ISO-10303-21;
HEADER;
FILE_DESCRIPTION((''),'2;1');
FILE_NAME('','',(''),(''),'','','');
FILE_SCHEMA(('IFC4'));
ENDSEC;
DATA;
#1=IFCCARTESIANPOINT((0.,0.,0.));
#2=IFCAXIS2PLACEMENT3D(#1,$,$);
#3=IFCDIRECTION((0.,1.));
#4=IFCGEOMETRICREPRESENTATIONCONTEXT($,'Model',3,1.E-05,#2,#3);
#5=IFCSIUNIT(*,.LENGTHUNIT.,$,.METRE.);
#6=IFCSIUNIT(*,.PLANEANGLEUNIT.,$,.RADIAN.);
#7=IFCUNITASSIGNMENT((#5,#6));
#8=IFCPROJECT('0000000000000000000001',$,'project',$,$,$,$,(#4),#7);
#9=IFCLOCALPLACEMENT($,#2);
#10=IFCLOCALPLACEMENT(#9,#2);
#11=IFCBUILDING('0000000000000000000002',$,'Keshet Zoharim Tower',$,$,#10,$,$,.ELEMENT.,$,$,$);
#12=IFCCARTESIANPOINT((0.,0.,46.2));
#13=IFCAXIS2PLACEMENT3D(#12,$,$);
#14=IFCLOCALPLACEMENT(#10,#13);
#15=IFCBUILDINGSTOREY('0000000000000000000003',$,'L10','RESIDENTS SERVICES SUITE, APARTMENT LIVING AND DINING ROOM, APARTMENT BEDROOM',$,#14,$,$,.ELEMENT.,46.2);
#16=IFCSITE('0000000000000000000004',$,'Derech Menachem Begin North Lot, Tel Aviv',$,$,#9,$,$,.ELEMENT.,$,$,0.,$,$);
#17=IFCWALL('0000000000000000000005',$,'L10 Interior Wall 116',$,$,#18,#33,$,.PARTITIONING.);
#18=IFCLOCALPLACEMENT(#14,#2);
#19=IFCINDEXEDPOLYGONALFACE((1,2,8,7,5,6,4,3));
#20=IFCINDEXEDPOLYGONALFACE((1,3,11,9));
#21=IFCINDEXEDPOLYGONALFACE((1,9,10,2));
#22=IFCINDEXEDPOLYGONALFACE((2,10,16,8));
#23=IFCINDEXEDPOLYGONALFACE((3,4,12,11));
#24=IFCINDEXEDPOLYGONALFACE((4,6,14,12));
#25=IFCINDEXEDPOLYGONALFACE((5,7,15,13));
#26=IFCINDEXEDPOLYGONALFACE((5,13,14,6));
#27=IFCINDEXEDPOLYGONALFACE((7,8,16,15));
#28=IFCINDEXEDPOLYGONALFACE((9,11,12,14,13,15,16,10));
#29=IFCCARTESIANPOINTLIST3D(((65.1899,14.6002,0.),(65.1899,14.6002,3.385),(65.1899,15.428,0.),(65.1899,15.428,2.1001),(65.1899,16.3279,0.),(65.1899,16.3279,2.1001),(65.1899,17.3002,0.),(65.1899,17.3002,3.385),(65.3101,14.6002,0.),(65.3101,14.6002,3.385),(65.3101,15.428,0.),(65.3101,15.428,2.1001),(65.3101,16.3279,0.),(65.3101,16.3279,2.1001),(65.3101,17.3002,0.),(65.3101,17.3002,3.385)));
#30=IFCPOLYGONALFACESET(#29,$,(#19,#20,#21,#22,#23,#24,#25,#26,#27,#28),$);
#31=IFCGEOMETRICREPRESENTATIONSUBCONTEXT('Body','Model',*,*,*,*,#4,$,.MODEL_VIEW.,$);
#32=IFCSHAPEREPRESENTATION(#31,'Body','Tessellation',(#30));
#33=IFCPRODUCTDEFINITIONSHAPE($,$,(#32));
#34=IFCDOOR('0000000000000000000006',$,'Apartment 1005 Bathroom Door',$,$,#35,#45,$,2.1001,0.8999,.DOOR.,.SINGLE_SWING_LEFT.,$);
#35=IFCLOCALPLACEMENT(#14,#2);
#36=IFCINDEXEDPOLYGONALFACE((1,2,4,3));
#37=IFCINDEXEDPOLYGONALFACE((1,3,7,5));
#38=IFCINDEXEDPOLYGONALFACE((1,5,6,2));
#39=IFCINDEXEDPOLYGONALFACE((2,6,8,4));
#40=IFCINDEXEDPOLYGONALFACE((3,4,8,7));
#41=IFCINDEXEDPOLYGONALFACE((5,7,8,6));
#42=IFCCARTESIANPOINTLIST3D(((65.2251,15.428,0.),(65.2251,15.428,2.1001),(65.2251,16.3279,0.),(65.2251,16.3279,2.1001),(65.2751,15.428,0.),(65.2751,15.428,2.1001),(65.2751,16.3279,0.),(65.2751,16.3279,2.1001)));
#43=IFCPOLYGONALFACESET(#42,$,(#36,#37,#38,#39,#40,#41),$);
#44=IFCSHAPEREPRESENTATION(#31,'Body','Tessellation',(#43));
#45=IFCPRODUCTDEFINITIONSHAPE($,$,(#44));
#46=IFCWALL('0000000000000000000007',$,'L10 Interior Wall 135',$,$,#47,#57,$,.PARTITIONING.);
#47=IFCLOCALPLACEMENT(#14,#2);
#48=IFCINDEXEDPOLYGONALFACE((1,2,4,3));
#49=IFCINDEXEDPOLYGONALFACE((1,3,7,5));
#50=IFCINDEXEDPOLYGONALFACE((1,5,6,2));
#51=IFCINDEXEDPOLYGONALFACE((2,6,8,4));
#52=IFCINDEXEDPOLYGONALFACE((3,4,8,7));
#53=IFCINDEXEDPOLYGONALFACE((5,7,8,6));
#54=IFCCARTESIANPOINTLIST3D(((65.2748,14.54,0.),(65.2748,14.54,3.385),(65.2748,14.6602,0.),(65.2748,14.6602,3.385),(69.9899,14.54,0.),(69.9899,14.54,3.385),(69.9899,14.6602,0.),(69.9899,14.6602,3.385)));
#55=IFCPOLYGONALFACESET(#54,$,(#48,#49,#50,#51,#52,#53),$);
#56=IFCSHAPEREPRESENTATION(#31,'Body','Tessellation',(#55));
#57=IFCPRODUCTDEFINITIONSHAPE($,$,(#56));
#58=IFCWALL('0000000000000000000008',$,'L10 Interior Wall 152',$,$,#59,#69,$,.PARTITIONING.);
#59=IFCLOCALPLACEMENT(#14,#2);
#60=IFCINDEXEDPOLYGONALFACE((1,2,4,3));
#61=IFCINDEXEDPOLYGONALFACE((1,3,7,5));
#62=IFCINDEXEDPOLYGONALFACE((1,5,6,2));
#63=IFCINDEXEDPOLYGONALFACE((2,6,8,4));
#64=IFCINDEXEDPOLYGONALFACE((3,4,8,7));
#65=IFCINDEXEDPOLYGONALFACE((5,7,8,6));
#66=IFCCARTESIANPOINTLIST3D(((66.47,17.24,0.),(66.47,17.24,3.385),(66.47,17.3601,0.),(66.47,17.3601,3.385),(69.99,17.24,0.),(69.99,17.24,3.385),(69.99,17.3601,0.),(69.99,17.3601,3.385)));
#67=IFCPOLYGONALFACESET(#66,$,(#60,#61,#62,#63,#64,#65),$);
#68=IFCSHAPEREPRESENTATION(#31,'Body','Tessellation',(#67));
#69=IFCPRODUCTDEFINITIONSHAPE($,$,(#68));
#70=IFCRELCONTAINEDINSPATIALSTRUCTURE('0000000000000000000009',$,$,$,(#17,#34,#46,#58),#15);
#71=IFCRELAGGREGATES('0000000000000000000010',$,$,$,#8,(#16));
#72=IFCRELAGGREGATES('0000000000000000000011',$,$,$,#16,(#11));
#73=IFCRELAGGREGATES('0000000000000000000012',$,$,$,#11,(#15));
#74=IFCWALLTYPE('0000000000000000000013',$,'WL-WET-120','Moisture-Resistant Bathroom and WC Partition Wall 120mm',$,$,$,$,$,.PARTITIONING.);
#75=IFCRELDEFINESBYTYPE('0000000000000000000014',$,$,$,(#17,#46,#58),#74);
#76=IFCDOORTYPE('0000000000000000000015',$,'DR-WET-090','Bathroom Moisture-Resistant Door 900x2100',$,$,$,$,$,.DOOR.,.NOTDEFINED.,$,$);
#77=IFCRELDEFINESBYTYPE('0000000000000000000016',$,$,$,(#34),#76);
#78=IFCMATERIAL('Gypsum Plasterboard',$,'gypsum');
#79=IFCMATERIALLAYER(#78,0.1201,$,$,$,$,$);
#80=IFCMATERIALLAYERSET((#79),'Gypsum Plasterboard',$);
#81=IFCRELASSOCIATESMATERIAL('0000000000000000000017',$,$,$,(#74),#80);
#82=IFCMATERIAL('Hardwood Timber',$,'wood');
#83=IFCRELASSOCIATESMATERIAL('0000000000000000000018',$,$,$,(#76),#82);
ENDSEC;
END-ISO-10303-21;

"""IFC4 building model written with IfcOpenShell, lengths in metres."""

from ifc_helpers import new_model, si_unit, direction, frame, frame_2d, origin, place, context, subcontext, project, spatial, rectangle, extrude, material, layer, layer_set, type_object, element, fill, save


model = new_model("IFC4")

# Units and contexts
model_context = context("Model", 3, precision=1e-05, world=origin(), true_north=direction((0.0, 1.0)))
body_context = subcontext(model_context, "Body", "Model", "MODEL_VIEW")
ifc_project = project(units=[si_unit("LENGTHUNIT", "METRE"), si_unit("PLANEANGLEUNIT", "RADIAN")], contexts=[model_context])

# Site, building, storey
site_placement = place(None, origin())
site = spatial("IfcSite", under=ifc_project, at=site_placement, Name="Derech Menachem Begin North Lot, Tel Aviv", CompositionType="ELEMENT", RefElevation=0.0)
building_placement = place(site_placement, origin())
building = spatial("IfcBuilding", under=site, at=building_placement, Name="Keshet Zoharim Tower", CompositionType="ELEMENT")
storey_placement = place(building_placement, frame((0.0, 0.0, 46.2)))
storey = spatial("IfcBuildingStorey", under=building, at=storey_placement, Name="L10", Description="RESIDENTS SERVICES SUITE, APARTMENT LIVING AND DINING ROOM, APARTMENT BEDROOM", CompositionType="ELEMENT", Elevation=46.2)

# Shared definitions
ifc_material_1 = material(Name="Gypsum Plasterboard", Category="gypsum")
ifc_material_2 = material(Name="Hardwood Timber", Category="wood")

# Shared definitions
ifc_layer_1 = layer(ifc_material_1, 0.1201)
ifc_layer_set_1 = layer_set([ifc_layer_1], Name="Gypsum Plasterboard")
wall_type_1 = type_object("IfcWallType", Name="WL-WET-120", Description="Moisture-Resistant Bathroom and WC Partition Wall 120mm", PredefinedType="PARTITIONING", material=ifc_layer_set_1)

# Wall, opening, door
wall_1_placement = place(storey_placement, frame((65.25, 14.6001, 0.0), z_axis=(0.0, 0.0, 1.0), x_axis=(0.0, 1.0, 0.0)))
wall_1 = element("IfcWall", 1, at=wall_1_placement, inside=storey, type_object=wall_type_1, Name="L10 Interior Wall 116", PredefinedType="PARTITIONING", context=body_context, shape_type="SweptSolid", body=[
    extrude(rectangle(XDim=2.7, YDim=0.1201, at=frame_2d((1.3501, 0.0))), origin(), (0.0, 0.0, 1.0), 3.385),
])
opening_1_placement = place(wall_1_placement, frame((0.8279, 0.0, 0.0)))
opening_1 = element("IfcOpeningElement", 2, at=opening_1_placement, cuts=wall_1, PredefinedType="OPENING", context=body_context, shape_type="SweptSolid", body=[
    extrude(rectangle(XDim=0.8999, YDim=2.1001, at=frame_2d((0.45, 1.05))), frame((0.0, 0.0701, 0.0), z_axis=(0.0, -1.0, 0.0), x_axis=(1.0, 0.0, 0.0)), (0.0, 0.0, 1.0), 0.1401),
])
door_type_1 = type_object("IfcDoorType", Name="DR-WET-090", Description="Bathroom Moisture-Resistant Door 900x2100", OperationType="NOTDEFINED", PredefinedType="DOOR", material=ifc_material_2)
door_1_placement = place(opening_1_placement, origin())
door_1 = element("IfcDoor", 3, at=door_1_placement, inside=storey, type_object=door_type_1, Name="Apartment 1005 Bathroom Door", OperationType="SINGLE_SWING_LEFT", OverallHeight=2.1001, OverallWidth=0.8999, PredefinedType="DOOR", context=body_context, shape_type="SweptSolid", body=[
    extrude(rectangle(XDim=0.8999, YDim=2.1001, at=frame_2d((0.45, 1.05))), frame((0.0, 0.0249, 0.0), z_axis=(0.0, -1.0, 0.0), x_axis=(1.0, 0.0, 0.0)), (0.0, 0.0, 1.0), 0.05),
])
fill(opening_1, door_1)

# Walls
wall_2_placement = place(storey_placement, frame((65.2749, 14.6001, 0.0), z_axis=(0.0, 0.0, 1.0), x_axis=(1.0, 0.0, 0.0)))
element("IfcWall", 4, at=wall_2_placement, inside=storey, type_object=wall_type_1, Name="L10 Interior Wall 135", PredefinedType="PARTITIONING", context=body_context, shape_type="SweptSolid", body=[
    extrude(rectangle(XDim=4.7151, YDim=0.1201, at=frame_2d((2.3574, 0.0))), origin(), (0.0, 0.0, 1.0), 3.385),
])
wall_3_placement = place(storey_placement, frame((66.47, 17.3, 0.0), z_axis=(0.0, 0.0, 1.0), x_axis=(1.0, 0.0, 0.0)))
element("IfcWall", 5, at=wall_3_placement, inside=storey, type_object=wall_type_1, Name="L10 Interior Wall 152", PredefinedType="PARTITIONING", context=body_context, shape_type="SweptSolid", body=[
    extrude(rectangle(XDim=3.52, YDim=0.1201, at=frame_2d((1.76, 0.0))), origin(), (0.0, 0.0, 1.0), 3.385),
])

save(model, "model.ifc")
